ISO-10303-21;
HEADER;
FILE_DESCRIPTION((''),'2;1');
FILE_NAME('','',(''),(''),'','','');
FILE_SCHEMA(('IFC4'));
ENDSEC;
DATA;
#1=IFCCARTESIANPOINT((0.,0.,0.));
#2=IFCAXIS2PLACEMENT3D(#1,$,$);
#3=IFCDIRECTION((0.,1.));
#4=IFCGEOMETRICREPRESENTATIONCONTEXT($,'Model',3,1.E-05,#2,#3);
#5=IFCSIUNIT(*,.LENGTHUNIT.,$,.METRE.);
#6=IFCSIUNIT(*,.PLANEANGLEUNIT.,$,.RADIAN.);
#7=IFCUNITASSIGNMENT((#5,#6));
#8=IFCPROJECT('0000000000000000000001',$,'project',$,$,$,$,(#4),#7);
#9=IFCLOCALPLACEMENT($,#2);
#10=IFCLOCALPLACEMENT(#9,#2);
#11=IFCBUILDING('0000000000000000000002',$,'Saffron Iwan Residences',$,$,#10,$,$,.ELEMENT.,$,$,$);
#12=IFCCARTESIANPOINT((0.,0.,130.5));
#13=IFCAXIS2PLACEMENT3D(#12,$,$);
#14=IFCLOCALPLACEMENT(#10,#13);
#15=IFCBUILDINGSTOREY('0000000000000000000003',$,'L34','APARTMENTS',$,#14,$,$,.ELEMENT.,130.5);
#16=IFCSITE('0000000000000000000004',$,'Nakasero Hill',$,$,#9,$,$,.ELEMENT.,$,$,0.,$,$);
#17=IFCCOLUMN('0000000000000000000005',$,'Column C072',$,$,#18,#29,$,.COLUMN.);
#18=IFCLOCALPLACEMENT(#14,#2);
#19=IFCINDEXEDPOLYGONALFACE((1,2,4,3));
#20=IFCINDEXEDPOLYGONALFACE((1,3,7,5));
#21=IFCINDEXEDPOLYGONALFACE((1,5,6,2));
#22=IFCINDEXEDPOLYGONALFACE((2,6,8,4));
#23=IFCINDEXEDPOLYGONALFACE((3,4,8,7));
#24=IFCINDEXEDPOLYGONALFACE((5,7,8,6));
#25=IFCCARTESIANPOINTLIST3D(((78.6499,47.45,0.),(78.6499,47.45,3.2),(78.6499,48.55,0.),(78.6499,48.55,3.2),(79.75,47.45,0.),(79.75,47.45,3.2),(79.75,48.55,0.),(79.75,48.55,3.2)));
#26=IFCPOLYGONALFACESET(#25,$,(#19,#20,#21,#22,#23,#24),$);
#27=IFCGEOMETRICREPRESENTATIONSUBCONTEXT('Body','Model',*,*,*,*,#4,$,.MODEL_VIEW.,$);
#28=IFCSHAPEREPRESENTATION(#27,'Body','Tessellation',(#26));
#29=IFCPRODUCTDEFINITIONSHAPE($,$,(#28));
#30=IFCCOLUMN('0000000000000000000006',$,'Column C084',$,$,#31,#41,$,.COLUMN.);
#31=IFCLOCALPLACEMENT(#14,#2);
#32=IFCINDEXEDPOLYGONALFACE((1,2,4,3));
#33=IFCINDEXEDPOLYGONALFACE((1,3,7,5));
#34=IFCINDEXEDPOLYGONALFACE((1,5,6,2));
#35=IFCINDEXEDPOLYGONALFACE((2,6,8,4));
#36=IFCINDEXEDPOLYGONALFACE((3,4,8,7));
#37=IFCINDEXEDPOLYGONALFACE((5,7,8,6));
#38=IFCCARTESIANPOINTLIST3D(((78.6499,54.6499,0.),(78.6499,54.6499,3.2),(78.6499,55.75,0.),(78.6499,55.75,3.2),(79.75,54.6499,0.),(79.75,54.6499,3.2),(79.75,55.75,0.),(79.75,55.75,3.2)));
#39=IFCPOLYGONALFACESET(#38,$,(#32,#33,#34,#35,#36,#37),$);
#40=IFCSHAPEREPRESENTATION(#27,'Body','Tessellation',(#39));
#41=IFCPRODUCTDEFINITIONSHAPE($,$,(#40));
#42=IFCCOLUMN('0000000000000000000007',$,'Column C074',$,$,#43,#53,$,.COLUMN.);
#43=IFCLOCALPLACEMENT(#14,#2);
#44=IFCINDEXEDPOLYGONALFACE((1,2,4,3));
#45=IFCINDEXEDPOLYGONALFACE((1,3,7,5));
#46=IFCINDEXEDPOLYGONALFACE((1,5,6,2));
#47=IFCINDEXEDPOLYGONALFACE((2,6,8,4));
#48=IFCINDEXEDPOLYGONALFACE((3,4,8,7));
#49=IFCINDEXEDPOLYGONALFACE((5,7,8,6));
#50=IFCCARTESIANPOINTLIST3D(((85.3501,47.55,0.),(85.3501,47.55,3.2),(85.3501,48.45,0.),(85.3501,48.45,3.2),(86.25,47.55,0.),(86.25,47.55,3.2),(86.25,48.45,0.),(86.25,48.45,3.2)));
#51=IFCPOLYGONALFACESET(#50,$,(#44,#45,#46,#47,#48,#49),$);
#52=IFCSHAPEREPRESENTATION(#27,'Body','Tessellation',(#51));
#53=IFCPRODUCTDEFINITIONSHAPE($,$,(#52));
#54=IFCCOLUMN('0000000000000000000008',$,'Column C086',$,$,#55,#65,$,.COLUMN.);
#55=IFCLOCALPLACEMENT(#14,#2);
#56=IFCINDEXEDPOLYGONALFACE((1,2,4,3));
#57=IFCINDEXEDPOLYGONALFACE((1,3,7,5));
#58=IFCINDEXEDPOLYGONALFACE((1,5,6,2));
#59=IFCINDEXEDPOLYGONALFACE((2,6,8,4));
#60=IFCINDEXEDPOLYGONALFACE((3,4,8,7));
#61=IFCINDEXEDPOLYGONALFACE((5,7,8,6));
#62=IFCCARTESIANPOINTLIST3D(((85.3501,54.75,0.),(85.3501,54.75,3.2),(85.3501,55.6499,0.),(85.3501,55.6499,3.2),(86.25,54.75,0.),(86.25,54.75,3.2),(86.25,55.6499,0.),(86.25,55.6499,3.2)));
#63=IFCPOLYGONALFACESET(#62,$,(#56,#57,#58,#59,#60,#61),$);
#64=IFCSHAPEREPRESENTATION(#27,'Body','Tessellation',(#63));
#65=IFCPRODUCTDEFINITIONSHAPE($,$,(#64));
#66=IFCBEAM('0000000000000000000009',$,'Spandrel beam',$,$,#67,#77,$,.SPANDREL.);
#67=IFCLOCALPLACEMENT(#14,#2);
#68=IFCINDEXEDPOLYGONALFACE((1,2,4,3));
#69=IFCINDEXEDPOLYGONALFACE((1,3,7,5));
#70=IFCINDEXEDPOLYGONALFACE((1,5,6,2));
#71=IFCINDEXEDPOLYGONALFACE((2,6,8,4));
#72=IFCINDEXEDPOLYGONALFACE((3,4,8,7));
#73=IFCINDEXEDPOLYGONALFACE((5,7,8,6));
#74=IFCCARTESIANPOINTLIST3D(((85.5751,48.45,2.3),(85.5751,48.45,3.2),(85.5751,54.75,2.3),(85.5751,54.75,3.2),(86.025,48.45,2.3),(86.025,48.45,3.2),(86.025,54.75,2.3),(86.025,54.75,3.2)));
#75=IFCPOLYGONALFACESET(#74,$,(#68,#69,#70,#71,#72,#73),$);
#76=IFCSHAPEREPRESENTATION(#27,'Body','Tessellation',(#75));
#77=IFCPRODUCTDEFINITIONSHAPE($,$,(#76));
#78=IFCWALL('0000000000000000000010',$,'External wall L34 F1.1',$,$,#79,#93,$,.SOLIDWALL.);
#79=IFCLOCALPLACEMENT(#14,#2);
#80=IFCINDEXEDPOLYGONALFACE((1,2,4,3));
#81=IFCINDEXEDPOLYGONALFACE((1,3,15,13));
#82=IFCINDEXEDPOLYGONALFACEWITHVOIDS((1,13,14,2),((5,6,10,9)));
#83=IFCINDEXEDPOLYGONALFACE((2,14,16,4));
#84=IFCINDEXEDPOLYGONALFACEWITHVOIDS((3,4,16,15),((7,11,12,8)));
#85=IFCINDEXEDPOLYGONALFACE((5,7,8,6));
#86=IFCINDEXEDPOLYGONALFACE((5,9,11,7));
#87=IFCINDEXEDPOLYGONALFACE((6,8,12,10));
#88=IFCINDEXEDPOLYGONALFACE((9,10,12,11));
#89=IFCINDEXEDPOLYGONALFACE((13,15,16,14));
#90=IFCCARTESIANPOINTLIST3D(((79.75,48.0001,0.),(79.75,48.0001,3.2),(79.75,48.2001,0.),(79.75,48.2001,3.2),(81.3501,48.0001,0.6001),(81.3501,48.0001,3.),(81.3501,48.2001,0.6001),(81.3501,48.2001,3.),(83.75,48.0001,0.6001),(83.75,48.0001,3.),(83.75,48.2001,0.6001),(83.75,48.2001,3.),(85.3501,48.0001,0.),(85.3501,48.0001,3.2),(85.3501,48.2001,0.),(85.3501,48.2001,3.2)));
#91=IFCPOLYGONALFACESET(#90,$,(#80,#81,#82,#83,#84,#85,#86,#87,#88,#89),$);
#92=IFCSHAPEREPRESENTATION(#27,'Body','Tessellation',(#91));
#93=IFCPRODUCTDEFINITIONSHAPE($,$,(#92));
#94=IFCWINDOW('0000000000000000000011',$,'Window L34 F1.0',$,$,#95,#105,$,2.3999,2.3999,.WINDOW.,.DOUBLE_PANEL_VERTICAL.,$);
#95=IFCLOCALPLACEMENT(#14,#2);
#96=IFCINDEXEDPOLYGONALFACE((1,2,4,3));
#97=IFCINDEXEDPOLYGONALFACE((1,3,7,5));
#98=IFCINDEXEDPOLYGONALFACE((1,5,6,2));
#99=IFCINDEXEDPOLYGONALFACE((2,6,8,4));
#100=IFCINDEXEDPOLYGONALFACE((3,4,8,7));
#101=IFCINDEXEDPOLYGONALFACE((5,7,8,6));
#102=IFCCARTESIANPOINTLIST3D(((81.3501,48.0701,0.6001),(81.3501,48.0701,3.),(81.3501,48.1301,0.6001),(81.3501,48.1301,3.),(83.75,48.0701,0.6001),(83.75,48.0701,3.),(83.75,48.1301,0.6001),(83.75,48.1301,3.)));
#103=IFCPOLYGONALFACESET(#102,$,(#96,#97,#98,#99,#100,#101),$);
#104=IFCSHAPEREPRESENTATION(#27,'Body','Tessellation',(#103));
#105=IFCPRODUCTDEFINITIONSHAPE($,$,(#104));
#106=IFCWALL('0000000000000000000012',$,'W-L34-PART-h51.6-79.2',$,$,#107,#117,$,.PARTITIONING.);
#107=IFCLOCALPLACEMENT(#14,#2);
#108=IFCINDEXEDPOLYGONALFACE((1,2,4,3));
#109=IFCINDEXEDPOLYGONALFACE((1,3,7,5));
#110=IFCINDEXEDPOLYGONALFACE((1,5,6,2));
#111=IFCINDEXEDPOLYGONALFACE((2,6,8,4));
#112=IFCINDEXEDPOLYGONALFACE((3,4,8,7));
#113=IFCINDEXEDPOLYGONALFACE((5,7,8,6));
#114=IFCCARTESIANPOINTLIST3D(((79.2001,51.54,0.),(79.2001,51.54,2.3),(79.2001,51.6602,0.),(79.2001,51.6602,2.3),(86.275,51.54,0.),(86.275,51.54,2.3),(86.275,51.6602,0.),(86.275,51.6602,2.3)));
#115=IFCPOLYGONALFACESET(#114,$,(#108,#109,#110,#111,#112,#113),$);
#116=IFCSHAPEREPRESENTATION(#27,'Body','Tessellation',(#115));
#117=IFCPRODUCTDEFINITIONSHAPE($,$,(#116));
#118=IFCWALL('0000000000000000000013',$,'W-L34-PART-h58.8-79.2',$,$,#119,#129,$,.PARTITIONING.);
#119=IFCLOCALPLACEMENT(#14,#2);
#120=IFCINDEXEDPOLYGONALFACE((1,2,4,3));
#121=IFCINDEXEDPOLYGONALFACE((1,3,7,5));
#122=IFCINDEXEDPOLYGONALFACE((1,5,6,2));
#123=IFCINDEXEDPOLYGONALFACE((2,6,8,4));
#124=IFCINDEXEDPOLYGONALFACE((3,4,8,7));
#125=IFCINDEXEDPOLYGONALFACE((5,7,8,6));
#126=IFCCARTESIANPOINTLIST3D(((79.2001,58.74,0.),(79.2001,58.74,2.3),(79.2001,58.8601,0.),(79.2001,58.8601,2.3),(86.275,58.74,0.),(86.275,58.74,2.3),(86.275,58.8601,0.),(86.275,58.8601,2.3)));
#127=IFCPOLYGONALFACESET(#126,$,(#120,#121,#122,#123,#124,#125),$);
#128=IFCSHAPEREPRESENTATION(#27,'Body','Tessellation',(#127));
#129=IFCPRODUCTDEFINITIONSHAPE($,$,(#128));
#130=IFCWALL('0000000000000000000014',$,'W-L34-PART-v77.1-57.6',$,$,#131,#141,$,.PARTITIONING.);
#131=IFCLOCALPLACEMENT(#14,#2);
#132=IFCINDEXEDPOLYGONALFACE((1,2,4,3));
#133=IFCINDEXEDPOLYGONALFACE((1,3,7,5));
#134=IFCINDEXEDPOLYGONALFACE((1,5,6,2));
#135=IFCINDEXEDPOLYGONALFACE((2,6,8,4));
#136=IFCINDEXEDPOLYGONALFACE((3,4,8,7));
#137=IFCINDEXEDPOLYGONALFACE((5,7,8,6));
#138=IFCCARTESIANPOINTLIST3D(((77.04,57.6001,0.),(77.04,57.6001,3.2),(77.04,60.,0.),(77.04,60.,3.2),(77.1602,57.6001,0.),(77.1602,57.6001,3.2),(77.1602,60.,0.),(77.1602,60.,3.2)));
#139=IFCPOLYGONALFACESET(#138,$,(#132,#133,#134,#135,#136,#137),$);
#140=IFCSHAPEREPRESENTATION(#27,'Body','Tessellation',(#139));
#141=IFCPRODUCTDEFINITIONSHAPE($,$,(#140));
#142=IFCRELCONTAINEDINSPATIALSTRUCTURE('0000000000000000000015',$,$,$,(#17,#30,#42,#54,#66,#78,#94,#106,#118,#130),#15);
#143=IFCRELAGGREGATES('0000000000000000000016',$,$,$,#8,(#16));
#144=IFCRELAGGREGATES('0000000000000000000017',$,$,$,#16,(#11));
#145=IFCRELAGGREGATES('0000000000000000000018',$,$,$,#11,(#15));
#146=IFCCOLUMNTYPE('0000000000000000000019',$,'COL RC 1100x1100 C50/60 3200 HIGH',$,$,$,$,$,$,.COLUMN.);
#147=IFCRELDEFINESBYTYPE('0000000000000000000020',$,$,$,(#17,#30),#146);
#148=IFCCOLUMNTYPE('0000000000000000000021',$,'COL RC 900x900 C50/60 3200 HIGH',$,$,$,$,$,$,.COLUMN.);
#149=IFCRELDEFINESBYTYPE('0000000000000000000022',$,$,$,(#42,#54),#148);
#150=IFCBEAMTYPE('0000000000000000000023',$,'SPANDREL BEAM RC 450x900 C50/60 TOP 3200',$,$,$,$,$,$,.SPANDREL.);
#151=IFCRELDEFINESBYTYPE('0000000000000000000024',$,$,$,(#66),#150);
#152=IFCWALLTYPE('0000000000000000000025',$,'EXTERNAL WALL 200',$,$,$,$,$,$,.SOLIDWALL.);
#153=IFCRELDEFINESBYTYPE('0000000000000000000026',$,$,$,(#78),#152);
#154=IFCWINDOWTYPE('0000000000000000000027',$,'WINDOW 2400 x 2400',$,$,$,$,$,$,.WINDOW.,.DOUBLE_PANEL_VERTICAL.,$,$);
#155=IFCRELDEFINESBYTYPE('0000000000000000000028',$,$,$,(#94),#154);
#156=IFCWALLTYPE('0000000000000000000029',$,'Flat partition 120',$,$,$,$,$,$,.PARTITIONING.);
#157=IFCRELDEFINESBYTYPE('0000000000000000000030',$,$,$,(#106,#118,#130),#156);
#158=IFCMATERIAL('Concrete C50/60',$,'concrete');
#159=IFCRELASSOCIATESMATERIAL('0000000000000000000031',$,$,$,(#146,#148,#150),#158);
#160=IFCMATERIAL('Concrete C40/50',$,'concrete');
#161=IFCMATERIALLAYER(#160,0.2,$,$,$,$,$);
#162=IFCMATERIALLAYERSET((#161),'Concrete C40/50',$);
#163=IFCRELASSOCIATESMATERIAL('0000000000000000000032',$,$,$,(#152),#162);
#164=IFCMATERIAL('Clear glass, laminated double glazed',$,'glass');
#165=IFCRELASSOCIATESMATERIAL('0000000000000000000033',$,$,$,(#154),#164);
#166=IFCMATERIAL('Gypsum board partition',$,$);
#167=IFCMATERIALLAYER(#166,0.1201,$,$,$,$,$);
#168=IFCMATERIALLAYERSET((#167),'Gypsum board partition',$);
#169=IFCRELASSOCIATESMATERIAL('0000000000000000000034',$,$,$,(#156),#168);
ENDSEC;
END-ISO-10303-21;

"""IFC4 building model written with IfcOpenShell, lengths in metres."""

from ifc_helpers import new_model, si_unit, direction, frame, frame_2d, origin, origin_2d, place, context, subcontext, project, spatial, rectangle, extrude, source, transform, mapped, material, layer, layer_set, material_profile, profile_set, type_object, element, fill, save


model = new_model("IFC4")

# Units and contexts
model_context = context("Model", 3, precision=1e-05, world=origin(), true_north=direction((0.0, 1.0)))
body_context = subcontext(model_context, "Body", "Model", "MODEL_VIEW")
ifc_project = project(units=[si_unit("LENGTHUNIT", "METRE"), si_unit("PLANEANGLEUNIT", "RADIAN")], contexts=[model_context])

# Site, building, storey
site_placement = place(None, origin())
site = spatial("IfcSite", under=ifc_project, at=site_placement, Name="Nakasero Hill", CompositionType="ELEMENT", RefElevation=0.0)
building_placement = place(site_placement, origin())
building = spatial("IfcBuilding", under=site, at=building_placement, Name="Saffron Iwan Residences", CompositionType="ELEMENT")
storey_placement = place(building_placement, frame((0.0, 0.0, 130.5)))
storey = spatial("IfcBuildingStorey", under=building, at=storey_placement, Name="L34", Description="APARTMENTS", CompositionType="ELEMENT", Elevation=130.5)

# Columns
ifc_material_1 = material(Name="Concrete C50/60", Category="concrete")
ifc_material_profile_1 = material_profile(ifc_material_1, rectangle(XDim=1.1001, YDim=1.1001, at=origin_2d()), Name="RC 1100x1100")
ifc_profile_set_1 = profile_set([ifc_material_profile_1], Name="Concrete C50/60")
column_type_1 = type_object("IfcColumnType", Name="COL RC 1100x1100 C50/60 3200 HIGH", PredefinedType="COLUMN", material=ifc_profile_set_1)
shared_shape_1 = source(origin(), body_context, "Body", "SweptSolid", [
    extrude(rectangle(XDim=1.1001, YDim=1.1001, at=origin_2d()), origin(), (0.0, 0.0, 1.0), 3.2),
])
for number, where, z_axis, x_axis, name in (
    (1, (79.2, 48.0, 0.0), (0.0, 0.0, 1.0), (1.0, 0.0, 0.0), "Column C072"),
    (2, (79.2, 55.2, 0.0), (0.0, 0.0, 1.0), (1.0, 0.0, 0.0), "Column C084"),
):
    element("IfcColumn", number, at=place(storey_placement, frame(where, z_axis=z_axis, x_axis=x_axis)), inside=storey, type_object=column_type_1, Name=name, PredefinedType="COLUMN", context=body_context, shape_type="MappedRepresentation", body=[
        mapped(shared_shape_1, transform((0.0, 0.0, 0.0))),
    ])
ifc_material_profile_2 = material_profile(ifc_material_1, rectangle(XDim=0.8999, YDim=0.8999, at=origin_2d()), Name="RC 900x900")
ifc_profile_set_2 = profile_set([ifc_material_profile_2], Name="Concrete C50/60")
column_type_2 = type_object("IfcColumnType", Name="COL RC 900x900 C50/60 3200 HIGH", PredefinedType="COLUMN", material=ifc_profile_set_2)
shared_shape_2 = source(origin(), body_context, "Body", "SweptSolid", [
    extrude(rectangle(XDim=0.8999, YDim=0.8999, at=origin_2d()), origin(), (0.0, 0.0, 1.0), 3.2),
])
for number, where, z_axis, x_axis, name in (
    (3, (85.8, 48.0, 0.0), (0.0, 0.0, 1.0), (1.0, 0.0, 0.0), "Column C074"),
    (4, (85.8, 55.2, 0.0), (0.0, 0.0, 1.0), (1.0, 0.0, 0.0), "Column C086"),
):
    element("IfcColumn", number, at=place(storey_placement, frame(where, z_axis=z_axis, x_axis=x_axis)), inside=storey, type_object=column_type_2, Name=name, PredefinedType="COLUMN", context=body_context, shape_type="MappedRepresentation", body=[
        mapped(shared_shape_2, transform((0.0, 0.0, 0.0))),
    ])

# Beam
ifc_material_profile_3 = material_profile(ifc_material_1, rectangle(XDim=0.45, YDim=0.8999, at=origin_2d()), Name="RC 450x900")
ifc_profile_set_3 = profile_set([ifc_material_profile_3], Name="Concrete C50/60")
beam_type = type_object("IfcBeamType", Name="SPANDREL BEAM RC 450x900 C50/60 TOP 3200", PredefinedType="SPANDREL", material=ifc_profile_set_3)
shared_shape_3 = source(origin(), body_context, "Body", "SweptSolid", [
    extrude(rectangle(XDim=0.45, YDim=0.8999, at=origin_2d()), origin(), (0.0, 0.0, 1.0), 6.3),
])
beam_placement = place(storey_placement, frame((85.8, 54.75, 2.75), z_axis=(0.0, -1.0, 0.0), x_axis=(1.0, 0.0, 0.0)))
element("IfcBeam", 5, at=beam_placement, inside=storey, type_object=beam_type, Name="Spandrel beam", PredefinedType="SPANDREL", context=body_context, shape_type="MappedRepresentation", body=[
    mapped(shared_shape_3, transform((0.0, 0.0, 0.0))),
])

# Wall, opening, window
ifc_material_2 = material(Name="Concrete C40/50", Category="concrete")
ifc_layer_1 = layer(ifc_material_2, 0.2)
ifc_layer_set_1 = layer_set([ifc_layer_1], Name="Concrete C40/50")
wall_type_1 = type_object("IfcWallType", Name="EXTERNAL WALL 200", PredefinedType="SOLIDWALL", material=ifc_layer_set_1)
wall_1_placement = place(storey_placement, frame((79.75, 48.1001, 0.0), z_axis=(0.0, 0.0, 1.0), x_axis=(1.0, 0.0, 0.0)))
wall_1 = element("IfcWall", 6, at=wall_1_placement, inside=storey, type_object=wall_type_1, Name="External wall L34 F1.1", PredefinedType="SOLIDWALL", context=body_context, shape_type="SweptSolid", body=[
    extrude(rectangle(XDim=5.6001, YDim=0.2, at=frame_2d((2.8, 0.0))), origin(), (0.0, 0.0, 1.0), 3.2),
])
opening_1_placement = place(wall_1_placement, frame((1.6001, 0.0, 0.6001)))
opening_1 = element("IfcOpeningElement", 7, at=opening_1_placement, cuts=wall_1, PredefinedType="OPENING", context=body_context, shape_type="SweptSolid", body=[
    extrude(rectangle(XDim=2.3999, YDim=2.3999, at=frame_2d((1.2, 1.2))), frame((0.0, 0.1099, 0.0), z_axis=(0.0, -1.0, 0.0), x_axis=(1.0, 0.0, 0.0)), (0.0, 0.0, 1.0), 0.22),
])
ifc_material_3 = material(Name="Clear glass, laminated double glazed", Category="glass")
window_type_1 = type_object("IfcWindowType", Name="WINDOW 2400 x 2400", PartitioningType="DOUBLE_PANEL_VERTICAL", PredefinedType="WINDOW", material=ifc_material_3)
window_1_placement = place(opening_1_placement, origin())
window_1 = element("IfcWindow", 8, at=window_1_placement, inside=storey, type_object=window_type_1, Name="Window L34 F1.0", OverallHeight=2.3999, OverallWidth=2.3999, PartitioningType="DOUBLE_PANEL_VERTICAL", PredefinedType="WINDOW", context=body_context, shape_type="SweptSolid", body=[
    extrude(rectangle(XDim=2.3999, YDim=2.3999, at=frame_2d((1.2, 1.2))), frame((0.0, 0.03, 0.0), z_axis=(0.0, -1.0, 0.0), x_axis=(1.0, 0.0, 0.0)), (0.0, 0.0, 1.0), 0.0601),
])
fill(opening_1, window_1)

# Walls
ifc_material_4 = material(Name="Gypsum board partition")
ifc_layer_2 = layer(ifc_material_4, 0.1201)
ifc_layer_set_2 = layer_set([ifc_layer_2], Name="Gypsum board partition")
wall_type_2 = type_object("IfcWallType", Name="Flat partition 120", PredefinedType="PARTITIONING", material=ifc_layer_set_2)
for number, where, z_axis, x_axis, name in (
    (9, (79.2, 51.6001, 0.0), (0.0, 0.0, 1.0), (1.0, 0.0, 0.0), "W-L34-PART-h51.6-79.2"),
    (10, (79.2, 58.8, 0.0), (0.0, 0.0, 1.0), (1.0, 0.0, 0.0), "W-L34-PART-h58.8-79.2"),
):
    element("IfcWall", number, at=place(storey_placement, frame(where, z_axis=z_axis, x_axis=x_axis)), inside=storey, type_object=wall_type_2, Name=name, PredefinedType="PARTITIONING", context=body_context, shape_type="SweptSolid", body=[
        extrude(rectangle(XDim=7.075, YDim=0.1201, at=frame_2d((3.5376, 0.0))), origin(), (0.0, 0.0, 1.0), 2.3),
    ])
wall_2_placement = place(storey_placement, frame((77.1001, 57.6001, 0.0), z_axis=(0.0, 0.0, 1.0), x_axis=(0.0, 1.0, 0.0)))
element("IfcWall", 11, at=wall_2_placement, inside=storey, type_object=wall_type_2, Name="W-L34-PART-v77.1-57.6", PredefinedType="PARTITIONING", context=body_context, shape_type="SweptSolid", body=[
    extrude(rectangle(XDim=2.3999, YDim=0.1201, at=frame_2d((1.2, 0.0))), origin(), (0.0, 0.0, 1.0), 3.2),
])

save(model, "model.ifc")
